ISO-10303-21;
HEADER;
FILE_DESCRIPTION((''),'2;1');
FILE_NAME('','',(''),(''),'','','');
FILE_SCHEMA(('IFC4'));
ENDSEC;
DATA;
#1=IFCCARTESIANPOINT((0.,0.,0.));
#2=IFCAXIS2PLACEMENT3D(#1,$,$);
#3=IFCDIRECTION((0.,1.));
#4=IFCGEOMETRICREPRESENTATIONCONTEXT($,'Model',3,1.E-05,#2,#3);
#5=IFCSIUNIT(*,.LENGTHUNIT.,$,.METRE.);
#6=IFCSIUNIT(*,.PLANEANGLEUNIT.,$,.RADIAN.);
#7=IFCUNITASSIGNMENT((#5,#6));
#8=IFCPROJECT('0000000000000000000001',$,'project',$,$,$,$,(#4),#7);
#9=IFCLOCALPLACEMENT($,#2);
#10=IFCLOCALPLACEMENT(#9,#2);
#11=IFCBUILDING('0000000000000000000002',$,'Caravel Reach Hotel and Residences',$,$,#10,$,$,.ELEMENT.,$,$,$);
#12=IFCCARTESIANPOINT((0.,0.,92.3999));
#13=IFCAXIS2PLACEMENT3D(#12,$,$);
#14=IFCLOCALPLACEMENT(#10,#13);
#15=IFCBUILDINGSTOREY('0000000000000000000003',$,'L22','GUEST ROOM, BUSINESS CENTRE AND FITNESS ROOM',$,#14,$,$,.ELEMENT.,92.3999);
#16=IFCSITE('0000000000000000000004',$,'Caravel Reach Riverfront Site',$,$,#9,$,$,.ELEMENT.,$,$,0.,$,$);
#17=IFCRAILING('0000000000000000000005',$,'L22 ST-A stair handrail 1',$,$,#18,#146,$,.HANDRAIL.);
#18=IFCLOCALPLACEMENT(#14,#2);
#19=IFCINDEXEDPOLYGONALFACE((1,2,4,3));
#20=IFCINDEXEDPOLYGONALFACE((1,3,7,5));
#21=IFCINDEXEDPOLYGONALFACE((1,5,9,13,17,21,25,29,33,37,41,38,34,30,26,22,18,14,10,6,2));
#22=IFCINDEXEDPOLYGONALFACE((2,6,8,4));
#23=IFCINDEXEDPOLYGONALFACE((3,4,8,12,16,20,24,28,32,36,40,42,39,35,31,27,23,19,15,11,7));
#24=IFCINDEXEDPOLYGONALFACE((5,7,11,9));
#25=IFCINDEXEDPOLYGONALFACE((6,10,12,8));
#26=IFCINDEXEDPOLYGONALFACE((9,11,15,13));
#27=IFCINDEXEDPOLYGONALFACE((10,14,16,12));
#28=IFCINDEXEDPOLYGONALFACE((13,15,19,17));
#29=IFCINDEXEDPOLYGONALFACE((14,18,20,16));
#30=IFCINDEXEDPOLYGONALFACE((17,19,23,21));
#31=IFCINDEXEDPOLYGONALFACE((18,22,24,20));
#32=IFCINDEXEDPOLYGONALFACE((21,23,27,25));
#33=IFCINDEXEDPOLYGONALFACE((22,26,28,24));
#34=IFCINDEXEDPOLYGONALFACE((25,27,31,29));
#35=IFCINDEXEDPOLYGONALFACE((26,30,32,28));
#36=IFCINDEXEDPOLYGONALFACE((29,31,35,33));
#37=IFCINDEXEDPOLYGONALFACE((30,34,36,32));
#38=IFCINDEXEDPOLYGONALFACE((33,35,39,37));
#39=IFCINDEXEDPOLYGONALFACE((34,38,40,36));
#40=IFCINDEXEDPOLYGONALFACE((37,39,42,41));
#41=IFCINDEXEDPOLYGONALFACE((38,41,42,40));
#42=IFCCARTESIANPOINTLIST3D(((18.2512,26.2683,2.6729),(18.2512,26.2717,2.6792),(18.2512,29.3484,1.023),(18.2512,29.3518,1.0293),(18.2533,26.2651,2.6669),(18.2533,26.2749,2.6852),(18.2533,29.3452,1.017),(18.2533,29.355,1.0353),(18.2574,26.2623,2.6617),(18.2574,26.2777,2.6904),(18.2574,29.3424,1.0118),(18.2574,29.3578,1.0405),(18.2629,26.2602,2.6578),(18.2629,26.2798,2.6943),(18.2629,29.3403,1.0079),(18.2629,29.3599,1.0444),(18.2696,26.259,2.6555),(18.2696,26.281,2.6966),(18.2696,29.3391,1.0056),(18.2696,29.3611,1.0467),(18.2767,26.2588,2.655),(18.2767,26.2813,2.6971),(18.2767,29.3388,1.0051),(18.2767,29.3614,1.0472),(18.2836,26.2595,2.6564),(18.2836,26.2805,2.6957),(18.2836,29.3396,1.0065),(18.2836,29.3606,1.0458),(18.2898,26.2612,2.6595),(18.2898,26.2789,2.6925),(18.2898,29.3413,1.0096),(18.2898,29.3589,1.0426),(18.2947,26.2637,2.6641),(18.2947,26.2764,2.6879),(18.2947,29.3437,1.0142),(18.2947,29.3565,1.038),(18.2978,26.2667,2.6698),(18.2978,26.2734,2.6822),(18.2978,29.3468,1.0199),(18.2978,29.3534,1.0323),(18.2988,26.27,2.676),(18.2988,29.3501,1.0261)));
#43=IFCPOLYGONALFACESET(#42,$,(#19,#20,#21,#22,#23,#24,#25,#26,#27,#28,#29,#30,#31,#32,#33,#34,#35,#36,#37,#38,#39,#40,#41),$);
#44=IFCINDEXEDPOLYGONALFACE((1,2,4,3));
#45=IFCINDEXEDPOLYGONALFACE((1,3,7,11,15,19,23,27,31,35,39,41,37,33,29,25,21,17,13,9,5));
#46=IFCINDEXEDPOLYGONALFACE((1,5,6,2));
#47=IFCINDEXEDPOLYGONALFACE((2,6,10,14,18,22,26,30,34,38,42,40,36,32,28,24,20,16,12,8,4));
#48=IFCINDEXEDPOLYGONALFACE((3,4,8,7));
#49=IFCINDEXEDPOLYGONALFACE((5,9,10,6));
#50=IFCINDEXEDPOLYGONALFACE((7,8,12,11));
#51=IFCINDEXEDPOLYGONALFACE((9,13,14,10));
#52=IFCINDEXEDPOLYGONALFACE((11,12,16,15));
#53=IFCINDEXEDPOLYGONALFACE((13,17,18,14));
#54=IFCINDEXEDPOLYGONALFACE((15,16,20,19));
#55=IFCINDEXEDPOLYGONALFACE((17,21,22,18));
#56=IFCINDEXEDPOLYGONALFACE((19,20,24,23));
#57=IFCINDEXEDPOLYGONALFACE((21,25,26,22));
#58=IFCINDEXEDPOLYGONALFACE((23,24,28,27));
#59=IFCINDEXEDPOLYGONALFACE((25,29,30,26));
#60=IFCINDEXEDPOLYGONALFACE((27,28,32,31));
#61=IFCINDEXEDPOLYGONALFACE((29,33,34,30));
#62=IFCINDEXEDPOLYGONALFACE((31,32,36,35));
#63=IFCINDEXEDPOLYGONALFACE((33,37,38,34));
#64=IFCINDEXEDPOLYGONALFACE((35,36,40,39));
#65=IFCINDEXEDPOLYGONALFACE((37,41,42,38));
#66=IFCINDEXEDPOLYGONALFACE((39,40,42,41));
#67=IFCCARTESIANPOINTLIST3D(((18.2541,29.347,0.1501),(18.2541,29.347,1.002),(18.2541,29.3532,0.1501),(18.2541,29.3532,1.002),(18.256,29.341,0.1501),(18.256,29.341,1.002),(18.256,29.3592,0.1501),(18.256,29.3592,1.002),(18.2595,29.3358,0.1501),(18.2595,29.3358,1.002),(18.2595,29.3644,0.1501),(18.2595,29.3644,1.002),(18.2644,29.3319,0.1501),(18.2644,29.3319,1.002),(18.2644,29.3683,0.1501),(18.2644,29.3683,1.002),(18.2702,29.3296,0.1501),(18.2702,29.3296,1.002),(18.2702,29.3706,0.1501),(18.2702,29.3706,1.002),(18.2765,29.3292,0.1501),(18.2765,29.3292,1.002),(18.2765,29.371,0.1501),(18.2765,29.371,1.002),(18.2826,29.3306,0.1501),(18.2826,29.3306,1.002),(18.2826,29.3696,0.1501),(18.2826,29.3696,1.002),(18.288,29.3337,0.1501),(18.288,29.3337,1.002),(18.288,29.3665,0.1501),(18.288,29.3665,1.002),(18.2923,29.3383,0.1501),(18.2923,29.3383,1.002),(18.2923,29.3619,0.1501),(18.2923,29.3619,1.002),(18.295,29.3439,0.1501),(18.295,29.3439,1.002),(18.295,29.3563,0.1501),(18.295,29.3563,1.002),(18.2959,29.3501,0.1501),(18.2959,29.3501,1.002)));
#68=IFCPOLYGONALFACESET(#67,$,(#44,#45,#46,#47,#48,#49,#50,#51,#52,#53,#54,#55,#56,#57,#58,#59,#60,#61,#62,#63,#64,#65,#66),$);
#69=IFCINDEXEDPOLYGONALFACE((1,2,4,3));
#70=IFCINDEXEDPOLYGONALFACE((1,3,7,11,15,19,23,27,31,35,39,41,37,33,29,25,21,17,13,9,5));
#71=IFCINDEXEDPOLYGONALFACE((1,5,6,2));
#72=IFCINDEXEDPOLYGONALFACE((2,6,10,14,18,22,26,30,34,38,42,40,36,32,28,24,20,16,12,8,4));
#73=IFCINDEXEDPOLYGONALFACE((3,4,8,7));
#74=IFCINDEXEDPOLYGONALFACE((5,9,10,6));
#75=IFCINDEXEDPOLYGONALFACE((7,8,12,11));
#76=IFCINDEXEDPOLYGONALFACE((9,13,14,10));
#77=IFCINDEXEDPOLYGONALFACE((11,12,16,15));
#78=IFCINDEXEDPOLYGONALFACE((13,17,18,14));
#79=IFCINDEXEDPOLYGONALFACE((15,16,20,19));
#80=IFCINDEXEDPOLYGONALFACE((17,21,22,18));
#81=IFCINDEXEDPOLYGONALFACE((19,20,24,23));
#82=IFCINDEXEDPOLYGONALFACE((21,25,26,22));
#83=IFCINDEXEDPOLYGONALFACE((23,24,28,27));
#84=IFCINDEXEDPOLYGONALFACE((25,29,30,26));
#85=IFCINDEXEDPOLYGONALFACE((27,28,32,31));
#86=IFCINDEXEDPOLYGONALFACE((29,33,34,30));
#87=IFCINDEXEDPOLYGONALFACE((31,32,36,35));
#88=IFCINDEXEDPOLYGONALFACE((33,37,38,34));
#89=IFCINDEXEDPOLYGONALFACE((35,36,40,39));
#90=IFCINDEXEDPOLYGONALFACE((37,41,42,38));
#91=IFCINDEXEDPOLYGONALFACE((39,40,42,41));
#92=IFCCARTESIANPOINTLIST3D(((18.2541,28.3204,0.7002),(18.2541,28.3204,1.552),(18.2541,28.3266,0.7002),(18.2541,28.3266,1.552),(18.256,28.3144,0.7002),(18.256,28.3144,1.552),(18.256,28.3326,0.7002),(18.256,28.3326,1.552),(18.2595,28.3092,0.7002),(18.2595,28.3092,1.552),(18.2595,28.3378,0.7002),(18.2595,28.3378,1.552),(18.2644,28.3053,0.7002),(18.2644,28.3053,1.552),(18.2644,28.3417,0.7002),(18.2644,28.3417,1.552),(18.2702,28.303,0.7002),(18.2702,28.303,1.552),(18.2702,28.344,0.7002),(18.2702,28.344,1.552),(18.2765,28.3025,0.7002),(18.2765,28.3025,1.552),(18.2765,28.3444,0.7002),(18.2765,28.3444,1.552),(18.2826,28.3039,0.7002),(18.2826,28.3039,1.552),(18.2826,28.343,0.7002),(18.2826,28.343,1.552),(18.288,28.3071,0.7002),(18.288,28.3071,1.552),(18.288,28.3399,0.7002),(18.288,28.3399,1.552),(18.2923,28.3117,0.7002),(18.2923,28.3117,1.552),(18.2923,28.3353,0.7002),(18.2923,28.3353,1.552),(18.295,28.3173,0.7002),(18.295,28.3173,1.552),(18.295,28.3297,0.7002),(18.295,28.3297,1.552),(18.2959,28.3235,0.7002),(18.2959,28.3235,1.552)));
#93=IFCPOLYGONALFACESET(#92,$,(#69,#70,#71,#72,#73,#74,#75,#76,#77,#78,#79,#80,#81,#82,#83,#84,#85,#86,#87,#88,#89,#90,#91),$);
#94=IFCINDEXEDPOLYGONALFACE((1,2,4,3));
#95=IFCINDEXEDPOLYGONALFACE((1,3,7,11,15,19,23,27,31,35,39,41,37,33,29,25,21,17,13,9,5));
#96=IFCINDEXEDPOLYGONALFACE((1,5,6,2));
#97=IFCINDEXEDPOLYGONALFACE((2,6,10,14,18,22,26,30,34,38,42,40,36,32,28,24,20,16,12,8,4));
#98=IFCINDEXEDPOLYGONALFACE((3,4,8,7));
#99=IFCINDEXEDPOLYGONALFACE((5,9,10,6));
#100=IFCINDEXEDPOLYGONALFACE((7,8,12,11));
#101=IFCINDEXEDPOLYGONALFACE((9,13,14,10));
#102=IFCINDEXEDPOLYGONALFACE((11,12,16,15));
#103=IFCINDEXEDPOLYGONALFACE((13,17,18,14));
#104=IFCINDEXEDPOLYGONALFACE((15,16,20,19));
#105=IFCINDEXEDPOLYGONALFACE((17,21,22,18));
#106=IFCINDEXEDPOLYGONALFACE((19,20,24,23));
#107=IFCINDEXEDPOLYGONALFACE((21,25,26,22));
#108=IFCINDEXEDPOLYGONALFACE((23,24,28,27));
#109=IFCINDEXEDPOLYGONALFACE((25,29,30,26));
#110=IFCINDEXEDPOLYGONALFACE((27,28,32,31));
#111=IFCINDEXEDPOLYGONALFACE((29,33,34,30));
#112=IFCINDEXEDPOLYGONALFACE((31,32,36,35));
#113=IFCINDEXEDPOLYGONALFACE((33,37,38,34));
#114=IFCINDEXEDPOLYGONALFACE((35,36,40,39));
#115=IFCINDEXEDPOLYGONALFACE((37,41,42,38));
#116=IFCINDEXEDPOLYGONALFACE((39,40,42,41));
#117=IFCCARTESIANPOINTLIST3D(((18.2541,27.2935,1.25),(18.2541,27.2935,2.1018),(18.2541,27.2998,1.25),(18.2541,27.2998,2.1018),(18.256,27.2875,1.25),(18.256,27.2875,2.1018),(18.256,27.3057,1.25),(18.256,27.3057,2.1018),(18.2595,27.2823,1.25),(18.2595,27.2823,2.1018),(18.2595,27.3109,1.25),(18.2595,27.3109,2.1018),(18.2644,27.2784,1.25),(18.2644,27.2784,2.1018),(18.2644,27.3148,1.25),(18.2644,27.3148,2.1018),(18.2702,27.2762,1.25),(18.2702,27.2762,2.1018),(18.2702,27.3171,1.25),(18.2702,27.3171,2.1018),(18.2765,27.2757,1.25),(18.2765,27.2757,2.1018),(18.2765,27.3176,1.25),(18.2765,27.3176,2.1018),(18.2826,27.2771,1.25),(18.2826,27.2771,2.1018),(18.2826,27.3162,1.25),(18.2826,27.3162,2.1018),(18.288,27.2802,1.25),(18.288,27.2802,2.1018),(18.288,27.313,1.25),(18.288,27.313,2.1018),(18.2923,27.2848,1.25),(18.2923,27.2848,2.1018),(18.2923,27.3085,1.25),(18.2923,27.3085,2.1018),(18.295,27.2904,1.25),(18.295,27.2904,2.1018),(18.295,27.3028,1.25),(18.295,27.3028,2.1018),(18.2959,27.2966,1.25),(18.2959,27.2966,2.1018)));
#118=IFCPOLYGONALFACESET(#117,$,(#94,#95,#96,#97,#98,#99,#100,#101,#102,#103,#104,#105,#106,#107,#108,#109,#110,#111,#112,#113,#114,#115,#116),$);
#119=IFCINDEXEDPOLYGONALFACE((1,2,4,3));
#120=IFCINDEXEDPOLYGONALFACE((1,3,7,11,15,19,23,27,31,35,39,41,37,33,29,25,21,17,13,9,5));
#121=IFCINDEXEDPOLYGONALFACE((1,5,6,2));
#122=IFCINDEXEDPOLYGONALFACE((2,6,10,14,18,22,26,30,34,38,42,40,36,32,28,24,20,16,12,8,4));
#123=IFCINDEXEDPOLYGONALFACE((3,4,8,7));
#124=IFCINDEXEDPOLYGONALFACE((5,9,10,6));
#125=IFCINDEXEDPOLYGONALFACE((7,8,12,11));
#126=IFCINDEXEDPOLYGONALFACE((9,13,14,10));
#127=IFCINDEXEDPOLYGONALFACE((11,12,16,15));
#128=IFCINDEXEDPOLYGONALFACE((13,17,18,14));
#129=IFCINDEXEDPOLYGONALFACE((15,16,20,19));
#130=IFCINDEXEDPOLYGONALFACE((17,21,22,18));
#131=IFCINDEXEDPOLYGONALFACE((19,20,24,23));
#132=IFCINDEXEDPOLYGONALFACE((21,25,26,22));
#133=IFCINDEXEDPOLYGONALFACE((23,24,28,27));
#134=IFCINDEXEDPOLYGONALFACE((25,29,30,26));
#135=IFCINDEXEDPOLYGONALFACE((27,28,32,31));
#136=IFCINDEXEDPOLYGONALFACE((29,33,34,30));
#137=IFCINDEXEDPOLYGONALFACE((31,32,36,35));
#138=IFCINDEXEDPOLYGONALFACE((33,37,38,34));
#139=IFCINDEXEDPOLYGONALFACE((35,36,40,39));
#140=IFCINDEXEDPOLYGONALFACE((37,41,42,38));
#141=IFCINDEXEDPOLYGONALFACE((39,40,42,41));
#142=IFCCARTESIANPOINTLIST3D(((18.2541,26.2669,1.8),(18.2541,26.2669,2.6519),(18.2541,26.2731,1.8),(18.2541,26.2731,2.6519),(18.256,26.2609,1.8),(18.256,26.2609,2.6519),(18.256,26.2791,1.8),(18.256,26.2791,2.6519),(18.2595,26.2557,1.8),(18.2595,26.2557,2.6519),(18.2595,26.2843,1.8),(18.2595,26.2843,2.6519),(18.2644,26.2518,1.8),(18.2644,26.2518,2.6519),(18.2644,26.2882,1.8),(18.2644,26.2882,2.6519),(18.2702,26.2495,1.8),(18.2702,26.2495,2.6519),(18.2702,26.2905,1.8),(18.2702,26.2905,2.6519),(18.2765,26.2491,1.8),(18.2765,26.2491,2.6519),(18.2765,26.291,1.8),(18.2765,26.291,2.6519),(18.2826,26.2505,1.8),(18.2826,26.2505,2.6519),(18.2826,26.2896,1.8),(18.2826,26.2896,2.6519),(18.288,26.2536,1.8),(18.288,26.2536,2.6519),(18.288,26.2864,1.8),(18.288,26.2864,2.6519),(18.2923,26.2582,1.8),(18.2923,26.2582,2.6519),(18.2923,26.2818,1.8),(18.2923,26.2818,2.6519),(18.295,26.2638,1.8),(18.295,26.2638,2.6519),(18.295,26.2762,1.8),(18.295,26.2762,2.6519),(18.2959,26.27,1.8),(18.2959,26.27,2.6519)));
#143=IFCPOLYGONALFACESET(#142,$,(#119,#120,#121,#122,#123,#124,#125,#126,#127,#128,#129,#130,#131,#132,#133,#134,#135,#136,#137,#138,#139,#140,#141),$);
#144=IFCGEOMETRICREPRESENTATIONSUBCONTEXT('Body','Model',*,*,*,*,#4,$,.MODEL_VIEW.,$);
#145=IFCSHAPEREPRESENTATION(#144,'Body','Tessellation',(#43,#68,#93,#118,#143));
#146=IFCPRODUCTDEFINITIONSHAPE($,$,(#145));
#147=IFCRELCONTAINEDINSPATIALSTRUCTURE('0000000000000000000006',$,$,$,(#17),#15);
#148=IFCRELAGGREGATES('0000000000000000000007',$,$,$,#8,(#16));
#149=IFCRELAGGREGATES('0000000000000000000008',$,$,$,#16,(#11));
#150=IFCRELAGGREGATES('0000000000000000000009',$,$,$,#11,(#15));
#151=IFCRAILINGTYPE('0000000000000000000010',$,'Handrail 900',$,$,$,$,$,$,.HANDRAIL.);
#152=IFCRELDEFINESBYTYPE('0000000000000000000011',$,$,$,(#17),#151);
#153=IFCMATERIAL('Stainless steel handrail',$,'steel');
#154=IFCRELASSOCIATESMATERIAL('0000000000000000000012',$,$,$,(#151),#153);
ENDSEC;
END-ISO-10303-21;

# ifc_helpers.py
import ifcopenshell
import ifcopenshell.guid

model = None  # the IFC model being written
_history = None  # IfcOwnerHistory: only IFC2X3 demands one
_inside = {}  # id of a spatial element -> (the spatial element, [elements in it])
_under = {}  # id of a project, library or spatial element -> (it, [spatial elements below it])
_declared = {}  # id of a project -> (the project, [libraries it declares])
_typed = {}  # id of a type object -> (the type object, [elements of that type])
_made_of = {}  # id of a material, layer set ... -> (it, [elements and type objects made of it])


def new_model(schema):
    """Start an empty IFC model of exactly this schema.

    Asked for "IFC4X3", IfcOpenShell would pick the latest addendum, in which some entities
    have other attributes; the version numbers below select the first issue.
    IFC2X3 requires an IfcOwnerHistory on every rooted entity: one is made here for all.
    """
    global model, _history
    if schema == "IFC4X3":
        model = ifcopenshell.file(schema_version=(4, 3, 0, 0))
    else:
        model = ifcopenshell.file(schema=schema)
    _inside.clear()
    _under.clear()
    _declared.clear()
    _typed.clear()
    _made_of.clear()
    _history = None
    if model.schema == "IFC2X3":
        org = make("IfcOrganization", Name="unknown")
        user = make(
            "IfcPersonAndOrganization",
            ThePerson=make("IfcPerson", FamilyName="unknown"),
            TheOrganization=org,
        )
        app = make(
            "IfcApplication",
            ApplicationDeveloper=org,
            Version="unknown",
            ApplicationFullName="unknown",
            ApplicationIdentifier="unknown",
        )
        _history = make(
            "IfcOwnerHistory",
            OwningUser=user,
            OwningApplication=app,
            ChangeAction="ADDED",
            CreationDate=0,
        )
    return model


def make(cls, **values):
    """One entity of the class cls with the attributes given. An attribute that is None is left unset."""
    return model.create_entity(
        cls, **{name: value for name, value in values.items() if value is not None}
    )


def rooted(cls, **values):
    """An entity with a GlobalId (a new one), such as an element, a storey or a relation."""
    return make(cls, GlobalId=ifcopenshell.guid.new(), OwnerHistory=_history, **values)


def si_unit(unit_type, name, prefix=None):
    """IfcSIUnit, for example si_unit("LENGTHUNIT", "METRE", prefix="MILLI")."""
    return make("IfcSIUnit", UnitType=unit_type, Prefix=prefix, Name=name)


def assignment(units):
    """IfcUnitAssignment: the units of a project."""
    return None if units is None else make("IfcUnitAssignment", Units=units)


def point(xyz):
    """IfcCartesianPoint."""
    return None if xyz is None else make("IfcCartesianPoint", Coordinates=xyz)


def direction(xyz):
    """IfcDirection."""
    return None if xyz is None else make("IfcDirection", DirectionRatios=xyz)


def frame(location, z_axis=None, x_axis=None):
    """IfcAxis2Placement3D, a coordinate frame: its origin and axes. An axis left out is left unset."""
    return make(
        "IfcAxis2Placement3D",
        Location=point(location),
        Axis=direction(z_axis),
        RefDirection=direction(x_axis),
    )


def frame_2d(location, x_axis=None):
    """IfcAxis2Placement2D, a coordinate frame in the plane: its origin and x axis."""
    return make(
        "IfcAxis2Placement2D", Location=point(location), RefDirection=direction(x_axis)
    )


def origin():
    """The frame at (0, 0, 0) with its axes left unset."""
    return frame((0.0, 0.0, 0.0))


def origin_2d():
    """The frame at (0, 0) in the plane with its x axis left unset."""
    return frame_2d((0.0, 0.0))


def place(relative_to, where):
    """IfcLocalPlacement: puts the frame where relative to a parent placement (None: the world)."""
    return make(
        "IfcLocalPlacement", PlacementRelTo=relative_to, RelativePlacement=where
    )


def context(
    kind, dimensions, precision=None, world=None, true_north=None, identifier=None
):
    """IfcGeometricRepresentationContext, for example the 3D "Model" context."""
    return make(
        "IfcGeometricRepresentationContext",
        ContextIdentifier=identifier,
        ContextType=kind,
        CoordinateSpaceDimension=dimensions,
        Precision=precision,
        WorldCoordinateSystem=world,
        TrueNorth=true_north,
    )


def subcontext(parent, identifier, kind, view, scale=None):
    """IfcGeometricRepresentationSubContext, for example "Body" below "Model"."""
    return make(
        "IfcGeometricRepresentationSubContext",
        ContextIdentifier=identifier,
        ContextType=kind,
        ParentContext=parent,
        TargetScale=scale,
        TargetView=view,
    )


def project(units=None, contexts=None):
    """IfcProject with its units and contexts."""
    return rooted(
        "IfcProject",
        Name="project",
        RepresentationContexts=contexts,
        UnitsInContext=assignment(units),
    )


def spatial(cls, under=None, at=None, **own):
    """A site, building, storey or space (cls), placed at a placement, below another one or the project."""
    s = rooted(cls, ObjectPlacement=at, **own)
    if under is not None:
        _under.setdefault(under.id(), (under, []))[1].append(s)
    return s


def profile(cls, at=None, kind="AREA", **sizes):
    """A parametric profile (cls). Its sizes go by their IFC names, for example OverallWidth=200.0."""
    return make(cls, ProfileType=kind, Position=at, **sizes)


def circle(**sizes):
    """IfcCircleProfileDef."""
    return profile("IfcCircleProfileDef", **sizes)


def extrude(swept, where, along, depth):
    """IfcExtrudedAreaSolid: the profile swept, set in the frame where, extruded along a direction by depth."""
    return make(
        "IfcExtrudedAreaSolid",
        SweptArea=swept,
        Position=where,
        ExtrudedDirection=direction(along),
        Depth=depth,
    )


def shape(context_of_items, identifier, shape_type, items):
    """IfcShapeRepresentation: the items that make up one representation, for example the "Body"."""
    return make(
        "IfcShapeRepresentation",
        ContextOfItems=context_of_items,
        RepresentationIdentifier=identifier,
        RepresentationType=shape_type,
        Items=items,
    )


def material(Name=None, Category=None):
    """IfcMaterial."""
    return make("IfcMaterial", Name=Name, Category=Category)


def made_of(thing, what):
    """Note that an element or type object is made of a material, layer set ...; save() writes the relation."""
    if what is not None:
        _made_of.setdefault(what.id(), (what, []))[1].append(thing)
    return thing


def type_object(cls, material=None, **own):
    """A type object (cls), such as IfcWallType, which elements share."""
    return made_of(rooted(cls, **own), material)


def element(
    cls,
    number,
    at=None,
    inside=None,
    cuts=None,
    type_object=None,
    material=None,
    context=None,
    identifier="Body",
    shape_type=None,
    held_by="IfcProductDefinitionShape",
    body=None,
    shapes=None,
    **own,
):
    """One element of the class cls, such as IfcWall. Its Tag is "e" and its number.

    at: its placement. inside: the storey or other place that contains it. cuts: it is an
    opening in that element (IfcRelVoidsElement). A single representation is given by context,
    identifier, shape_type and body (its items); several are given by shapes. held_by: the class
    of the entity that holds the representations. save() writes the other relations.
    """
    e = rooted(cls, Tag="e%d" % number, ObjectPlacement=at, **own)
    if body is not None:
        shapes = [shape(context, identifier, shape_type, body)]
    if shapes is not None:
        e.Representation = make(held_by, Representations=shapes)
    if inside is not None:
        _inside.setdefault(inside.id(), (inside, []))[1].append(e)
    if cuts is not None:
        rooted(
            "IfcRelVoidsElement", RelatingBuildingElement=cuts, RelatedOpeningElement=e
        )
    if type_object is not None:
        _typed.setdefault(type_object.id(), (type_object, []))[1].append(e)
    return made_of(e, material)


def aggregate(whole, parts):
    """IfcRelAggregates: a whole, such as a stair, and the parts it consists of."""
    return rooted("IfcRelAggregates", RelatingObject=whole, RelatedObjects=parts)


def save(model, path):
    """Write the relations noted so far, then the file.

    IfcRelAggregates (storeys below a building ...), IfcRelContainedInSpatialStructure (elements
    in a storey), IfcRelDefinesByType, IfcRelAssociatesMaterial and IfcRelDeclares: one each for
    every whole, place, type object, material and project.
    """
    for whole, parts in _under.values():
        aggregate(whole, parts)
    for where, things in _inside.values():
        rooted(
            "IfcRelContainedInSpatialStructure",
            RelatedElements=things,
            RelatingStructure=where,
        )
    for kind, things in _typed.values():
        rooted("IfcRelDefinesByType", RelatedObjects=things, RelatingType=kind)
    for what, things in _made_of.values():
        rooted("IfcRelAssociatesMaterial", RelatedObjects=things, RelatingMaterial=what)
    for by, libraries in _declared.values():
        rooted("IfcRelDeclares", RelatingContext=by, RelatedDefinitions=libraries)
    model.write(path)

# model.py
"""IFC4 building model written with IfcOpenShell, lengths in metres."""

from ifc_helpers import new_model, si_unit, direction, frame, origin, origin_2d, place, context, subcontext, project, spatial, circle, extrude, material, type_object, element, save


model = new_model("IFC4")

# Units and contexts
model_context = context("Model", 3, precision=1e-05, world=origin(), true_north=direction((0.0, 1.0)))
body_context = subcontext(model_context, "Body", "Model", "MODEL_VIEW")
ifc_project = project(units=[si_unit("LENGTHUNIT", "METRE"), si_unit("PLANEANGLEUNIT", "RADIAN")], contexts=[model_context])

# Site, building, storey
site_placement = place(None, origin())
site = spatial("IfcSite", under=ifc_project, at=site_placement, Name="Caravel Reach Riverfront Site", CompositionType="ELEMENT", RefElevation=0.0)
building_placement = place(site_placement, origin())
building = spatial("IfcBuilding", under=site, at=building_placement, Name="Caravel Reach Hotel and Residences", CompositionType="ELEMENT")
storey_placement = place(building_placement, frame((0.0, 0.0, 92.3999)))
storey = spatial("IfcBuildingStorey", under=building, at=storey_placement, Name="L22", Description="GUEST ROOM, BUSINESS CENTRE AND FITNESS ROOM", CompositionType="ELEMENT", Elevation=92.3999)

# Railing
ifc_material_1 = material(Name="Stainless steel handrail", Category="steel")
railing_type_1 = type_object("IfcRailingType", Name="Handrail 900", PredefinedType="HANDRAIL", material=ifc_material_1)
railing_1_placement = place(storey_placement, frame((18.2749, 29.3501, 0.1501)))
element("IfcRailing", 1, at=railing_1_placement, inside=storey, type_object=railing_type_1, Name="L22 ST-A stair handrail 1", PredefinedType="HANDRAIL", context=body_context, shape_type="SweptSolid", body=[
    extrude(circle(Radius=0.0239, at=origin_2d()), frame((0.0, 0.0, 0.876), z_axis=(0.0, -0.881497, 0.47219), x_axis=(1.0, 0.0, 0.0)), (0.0, 0.0, 1.0), 3.4941),
    extrude(circle(Radius=0.021, at=origin_2d()), origin(), (0.0, 0.0, 1.0), 0.8518),
    extrude(circle(Radius=0.021, at=origin_2d()), frame((0.0, -1.0266, 0.55)), (0.0, 0.0, 1.0), 0.8518),
    extrude(circle(Radius=0.021, at=origin_2d()), frame((0.0, -2.0535, 1.0999)), (0.0, 0.0, 1.0), 0.8518),
    extrude(circle(Radius=0.021, at=origin_2d()), frame((0.0, -3.0801, 1.6499)), (0.0, 0.0, 1.0), 0.8518),
])

save(model, "model.ifc")
